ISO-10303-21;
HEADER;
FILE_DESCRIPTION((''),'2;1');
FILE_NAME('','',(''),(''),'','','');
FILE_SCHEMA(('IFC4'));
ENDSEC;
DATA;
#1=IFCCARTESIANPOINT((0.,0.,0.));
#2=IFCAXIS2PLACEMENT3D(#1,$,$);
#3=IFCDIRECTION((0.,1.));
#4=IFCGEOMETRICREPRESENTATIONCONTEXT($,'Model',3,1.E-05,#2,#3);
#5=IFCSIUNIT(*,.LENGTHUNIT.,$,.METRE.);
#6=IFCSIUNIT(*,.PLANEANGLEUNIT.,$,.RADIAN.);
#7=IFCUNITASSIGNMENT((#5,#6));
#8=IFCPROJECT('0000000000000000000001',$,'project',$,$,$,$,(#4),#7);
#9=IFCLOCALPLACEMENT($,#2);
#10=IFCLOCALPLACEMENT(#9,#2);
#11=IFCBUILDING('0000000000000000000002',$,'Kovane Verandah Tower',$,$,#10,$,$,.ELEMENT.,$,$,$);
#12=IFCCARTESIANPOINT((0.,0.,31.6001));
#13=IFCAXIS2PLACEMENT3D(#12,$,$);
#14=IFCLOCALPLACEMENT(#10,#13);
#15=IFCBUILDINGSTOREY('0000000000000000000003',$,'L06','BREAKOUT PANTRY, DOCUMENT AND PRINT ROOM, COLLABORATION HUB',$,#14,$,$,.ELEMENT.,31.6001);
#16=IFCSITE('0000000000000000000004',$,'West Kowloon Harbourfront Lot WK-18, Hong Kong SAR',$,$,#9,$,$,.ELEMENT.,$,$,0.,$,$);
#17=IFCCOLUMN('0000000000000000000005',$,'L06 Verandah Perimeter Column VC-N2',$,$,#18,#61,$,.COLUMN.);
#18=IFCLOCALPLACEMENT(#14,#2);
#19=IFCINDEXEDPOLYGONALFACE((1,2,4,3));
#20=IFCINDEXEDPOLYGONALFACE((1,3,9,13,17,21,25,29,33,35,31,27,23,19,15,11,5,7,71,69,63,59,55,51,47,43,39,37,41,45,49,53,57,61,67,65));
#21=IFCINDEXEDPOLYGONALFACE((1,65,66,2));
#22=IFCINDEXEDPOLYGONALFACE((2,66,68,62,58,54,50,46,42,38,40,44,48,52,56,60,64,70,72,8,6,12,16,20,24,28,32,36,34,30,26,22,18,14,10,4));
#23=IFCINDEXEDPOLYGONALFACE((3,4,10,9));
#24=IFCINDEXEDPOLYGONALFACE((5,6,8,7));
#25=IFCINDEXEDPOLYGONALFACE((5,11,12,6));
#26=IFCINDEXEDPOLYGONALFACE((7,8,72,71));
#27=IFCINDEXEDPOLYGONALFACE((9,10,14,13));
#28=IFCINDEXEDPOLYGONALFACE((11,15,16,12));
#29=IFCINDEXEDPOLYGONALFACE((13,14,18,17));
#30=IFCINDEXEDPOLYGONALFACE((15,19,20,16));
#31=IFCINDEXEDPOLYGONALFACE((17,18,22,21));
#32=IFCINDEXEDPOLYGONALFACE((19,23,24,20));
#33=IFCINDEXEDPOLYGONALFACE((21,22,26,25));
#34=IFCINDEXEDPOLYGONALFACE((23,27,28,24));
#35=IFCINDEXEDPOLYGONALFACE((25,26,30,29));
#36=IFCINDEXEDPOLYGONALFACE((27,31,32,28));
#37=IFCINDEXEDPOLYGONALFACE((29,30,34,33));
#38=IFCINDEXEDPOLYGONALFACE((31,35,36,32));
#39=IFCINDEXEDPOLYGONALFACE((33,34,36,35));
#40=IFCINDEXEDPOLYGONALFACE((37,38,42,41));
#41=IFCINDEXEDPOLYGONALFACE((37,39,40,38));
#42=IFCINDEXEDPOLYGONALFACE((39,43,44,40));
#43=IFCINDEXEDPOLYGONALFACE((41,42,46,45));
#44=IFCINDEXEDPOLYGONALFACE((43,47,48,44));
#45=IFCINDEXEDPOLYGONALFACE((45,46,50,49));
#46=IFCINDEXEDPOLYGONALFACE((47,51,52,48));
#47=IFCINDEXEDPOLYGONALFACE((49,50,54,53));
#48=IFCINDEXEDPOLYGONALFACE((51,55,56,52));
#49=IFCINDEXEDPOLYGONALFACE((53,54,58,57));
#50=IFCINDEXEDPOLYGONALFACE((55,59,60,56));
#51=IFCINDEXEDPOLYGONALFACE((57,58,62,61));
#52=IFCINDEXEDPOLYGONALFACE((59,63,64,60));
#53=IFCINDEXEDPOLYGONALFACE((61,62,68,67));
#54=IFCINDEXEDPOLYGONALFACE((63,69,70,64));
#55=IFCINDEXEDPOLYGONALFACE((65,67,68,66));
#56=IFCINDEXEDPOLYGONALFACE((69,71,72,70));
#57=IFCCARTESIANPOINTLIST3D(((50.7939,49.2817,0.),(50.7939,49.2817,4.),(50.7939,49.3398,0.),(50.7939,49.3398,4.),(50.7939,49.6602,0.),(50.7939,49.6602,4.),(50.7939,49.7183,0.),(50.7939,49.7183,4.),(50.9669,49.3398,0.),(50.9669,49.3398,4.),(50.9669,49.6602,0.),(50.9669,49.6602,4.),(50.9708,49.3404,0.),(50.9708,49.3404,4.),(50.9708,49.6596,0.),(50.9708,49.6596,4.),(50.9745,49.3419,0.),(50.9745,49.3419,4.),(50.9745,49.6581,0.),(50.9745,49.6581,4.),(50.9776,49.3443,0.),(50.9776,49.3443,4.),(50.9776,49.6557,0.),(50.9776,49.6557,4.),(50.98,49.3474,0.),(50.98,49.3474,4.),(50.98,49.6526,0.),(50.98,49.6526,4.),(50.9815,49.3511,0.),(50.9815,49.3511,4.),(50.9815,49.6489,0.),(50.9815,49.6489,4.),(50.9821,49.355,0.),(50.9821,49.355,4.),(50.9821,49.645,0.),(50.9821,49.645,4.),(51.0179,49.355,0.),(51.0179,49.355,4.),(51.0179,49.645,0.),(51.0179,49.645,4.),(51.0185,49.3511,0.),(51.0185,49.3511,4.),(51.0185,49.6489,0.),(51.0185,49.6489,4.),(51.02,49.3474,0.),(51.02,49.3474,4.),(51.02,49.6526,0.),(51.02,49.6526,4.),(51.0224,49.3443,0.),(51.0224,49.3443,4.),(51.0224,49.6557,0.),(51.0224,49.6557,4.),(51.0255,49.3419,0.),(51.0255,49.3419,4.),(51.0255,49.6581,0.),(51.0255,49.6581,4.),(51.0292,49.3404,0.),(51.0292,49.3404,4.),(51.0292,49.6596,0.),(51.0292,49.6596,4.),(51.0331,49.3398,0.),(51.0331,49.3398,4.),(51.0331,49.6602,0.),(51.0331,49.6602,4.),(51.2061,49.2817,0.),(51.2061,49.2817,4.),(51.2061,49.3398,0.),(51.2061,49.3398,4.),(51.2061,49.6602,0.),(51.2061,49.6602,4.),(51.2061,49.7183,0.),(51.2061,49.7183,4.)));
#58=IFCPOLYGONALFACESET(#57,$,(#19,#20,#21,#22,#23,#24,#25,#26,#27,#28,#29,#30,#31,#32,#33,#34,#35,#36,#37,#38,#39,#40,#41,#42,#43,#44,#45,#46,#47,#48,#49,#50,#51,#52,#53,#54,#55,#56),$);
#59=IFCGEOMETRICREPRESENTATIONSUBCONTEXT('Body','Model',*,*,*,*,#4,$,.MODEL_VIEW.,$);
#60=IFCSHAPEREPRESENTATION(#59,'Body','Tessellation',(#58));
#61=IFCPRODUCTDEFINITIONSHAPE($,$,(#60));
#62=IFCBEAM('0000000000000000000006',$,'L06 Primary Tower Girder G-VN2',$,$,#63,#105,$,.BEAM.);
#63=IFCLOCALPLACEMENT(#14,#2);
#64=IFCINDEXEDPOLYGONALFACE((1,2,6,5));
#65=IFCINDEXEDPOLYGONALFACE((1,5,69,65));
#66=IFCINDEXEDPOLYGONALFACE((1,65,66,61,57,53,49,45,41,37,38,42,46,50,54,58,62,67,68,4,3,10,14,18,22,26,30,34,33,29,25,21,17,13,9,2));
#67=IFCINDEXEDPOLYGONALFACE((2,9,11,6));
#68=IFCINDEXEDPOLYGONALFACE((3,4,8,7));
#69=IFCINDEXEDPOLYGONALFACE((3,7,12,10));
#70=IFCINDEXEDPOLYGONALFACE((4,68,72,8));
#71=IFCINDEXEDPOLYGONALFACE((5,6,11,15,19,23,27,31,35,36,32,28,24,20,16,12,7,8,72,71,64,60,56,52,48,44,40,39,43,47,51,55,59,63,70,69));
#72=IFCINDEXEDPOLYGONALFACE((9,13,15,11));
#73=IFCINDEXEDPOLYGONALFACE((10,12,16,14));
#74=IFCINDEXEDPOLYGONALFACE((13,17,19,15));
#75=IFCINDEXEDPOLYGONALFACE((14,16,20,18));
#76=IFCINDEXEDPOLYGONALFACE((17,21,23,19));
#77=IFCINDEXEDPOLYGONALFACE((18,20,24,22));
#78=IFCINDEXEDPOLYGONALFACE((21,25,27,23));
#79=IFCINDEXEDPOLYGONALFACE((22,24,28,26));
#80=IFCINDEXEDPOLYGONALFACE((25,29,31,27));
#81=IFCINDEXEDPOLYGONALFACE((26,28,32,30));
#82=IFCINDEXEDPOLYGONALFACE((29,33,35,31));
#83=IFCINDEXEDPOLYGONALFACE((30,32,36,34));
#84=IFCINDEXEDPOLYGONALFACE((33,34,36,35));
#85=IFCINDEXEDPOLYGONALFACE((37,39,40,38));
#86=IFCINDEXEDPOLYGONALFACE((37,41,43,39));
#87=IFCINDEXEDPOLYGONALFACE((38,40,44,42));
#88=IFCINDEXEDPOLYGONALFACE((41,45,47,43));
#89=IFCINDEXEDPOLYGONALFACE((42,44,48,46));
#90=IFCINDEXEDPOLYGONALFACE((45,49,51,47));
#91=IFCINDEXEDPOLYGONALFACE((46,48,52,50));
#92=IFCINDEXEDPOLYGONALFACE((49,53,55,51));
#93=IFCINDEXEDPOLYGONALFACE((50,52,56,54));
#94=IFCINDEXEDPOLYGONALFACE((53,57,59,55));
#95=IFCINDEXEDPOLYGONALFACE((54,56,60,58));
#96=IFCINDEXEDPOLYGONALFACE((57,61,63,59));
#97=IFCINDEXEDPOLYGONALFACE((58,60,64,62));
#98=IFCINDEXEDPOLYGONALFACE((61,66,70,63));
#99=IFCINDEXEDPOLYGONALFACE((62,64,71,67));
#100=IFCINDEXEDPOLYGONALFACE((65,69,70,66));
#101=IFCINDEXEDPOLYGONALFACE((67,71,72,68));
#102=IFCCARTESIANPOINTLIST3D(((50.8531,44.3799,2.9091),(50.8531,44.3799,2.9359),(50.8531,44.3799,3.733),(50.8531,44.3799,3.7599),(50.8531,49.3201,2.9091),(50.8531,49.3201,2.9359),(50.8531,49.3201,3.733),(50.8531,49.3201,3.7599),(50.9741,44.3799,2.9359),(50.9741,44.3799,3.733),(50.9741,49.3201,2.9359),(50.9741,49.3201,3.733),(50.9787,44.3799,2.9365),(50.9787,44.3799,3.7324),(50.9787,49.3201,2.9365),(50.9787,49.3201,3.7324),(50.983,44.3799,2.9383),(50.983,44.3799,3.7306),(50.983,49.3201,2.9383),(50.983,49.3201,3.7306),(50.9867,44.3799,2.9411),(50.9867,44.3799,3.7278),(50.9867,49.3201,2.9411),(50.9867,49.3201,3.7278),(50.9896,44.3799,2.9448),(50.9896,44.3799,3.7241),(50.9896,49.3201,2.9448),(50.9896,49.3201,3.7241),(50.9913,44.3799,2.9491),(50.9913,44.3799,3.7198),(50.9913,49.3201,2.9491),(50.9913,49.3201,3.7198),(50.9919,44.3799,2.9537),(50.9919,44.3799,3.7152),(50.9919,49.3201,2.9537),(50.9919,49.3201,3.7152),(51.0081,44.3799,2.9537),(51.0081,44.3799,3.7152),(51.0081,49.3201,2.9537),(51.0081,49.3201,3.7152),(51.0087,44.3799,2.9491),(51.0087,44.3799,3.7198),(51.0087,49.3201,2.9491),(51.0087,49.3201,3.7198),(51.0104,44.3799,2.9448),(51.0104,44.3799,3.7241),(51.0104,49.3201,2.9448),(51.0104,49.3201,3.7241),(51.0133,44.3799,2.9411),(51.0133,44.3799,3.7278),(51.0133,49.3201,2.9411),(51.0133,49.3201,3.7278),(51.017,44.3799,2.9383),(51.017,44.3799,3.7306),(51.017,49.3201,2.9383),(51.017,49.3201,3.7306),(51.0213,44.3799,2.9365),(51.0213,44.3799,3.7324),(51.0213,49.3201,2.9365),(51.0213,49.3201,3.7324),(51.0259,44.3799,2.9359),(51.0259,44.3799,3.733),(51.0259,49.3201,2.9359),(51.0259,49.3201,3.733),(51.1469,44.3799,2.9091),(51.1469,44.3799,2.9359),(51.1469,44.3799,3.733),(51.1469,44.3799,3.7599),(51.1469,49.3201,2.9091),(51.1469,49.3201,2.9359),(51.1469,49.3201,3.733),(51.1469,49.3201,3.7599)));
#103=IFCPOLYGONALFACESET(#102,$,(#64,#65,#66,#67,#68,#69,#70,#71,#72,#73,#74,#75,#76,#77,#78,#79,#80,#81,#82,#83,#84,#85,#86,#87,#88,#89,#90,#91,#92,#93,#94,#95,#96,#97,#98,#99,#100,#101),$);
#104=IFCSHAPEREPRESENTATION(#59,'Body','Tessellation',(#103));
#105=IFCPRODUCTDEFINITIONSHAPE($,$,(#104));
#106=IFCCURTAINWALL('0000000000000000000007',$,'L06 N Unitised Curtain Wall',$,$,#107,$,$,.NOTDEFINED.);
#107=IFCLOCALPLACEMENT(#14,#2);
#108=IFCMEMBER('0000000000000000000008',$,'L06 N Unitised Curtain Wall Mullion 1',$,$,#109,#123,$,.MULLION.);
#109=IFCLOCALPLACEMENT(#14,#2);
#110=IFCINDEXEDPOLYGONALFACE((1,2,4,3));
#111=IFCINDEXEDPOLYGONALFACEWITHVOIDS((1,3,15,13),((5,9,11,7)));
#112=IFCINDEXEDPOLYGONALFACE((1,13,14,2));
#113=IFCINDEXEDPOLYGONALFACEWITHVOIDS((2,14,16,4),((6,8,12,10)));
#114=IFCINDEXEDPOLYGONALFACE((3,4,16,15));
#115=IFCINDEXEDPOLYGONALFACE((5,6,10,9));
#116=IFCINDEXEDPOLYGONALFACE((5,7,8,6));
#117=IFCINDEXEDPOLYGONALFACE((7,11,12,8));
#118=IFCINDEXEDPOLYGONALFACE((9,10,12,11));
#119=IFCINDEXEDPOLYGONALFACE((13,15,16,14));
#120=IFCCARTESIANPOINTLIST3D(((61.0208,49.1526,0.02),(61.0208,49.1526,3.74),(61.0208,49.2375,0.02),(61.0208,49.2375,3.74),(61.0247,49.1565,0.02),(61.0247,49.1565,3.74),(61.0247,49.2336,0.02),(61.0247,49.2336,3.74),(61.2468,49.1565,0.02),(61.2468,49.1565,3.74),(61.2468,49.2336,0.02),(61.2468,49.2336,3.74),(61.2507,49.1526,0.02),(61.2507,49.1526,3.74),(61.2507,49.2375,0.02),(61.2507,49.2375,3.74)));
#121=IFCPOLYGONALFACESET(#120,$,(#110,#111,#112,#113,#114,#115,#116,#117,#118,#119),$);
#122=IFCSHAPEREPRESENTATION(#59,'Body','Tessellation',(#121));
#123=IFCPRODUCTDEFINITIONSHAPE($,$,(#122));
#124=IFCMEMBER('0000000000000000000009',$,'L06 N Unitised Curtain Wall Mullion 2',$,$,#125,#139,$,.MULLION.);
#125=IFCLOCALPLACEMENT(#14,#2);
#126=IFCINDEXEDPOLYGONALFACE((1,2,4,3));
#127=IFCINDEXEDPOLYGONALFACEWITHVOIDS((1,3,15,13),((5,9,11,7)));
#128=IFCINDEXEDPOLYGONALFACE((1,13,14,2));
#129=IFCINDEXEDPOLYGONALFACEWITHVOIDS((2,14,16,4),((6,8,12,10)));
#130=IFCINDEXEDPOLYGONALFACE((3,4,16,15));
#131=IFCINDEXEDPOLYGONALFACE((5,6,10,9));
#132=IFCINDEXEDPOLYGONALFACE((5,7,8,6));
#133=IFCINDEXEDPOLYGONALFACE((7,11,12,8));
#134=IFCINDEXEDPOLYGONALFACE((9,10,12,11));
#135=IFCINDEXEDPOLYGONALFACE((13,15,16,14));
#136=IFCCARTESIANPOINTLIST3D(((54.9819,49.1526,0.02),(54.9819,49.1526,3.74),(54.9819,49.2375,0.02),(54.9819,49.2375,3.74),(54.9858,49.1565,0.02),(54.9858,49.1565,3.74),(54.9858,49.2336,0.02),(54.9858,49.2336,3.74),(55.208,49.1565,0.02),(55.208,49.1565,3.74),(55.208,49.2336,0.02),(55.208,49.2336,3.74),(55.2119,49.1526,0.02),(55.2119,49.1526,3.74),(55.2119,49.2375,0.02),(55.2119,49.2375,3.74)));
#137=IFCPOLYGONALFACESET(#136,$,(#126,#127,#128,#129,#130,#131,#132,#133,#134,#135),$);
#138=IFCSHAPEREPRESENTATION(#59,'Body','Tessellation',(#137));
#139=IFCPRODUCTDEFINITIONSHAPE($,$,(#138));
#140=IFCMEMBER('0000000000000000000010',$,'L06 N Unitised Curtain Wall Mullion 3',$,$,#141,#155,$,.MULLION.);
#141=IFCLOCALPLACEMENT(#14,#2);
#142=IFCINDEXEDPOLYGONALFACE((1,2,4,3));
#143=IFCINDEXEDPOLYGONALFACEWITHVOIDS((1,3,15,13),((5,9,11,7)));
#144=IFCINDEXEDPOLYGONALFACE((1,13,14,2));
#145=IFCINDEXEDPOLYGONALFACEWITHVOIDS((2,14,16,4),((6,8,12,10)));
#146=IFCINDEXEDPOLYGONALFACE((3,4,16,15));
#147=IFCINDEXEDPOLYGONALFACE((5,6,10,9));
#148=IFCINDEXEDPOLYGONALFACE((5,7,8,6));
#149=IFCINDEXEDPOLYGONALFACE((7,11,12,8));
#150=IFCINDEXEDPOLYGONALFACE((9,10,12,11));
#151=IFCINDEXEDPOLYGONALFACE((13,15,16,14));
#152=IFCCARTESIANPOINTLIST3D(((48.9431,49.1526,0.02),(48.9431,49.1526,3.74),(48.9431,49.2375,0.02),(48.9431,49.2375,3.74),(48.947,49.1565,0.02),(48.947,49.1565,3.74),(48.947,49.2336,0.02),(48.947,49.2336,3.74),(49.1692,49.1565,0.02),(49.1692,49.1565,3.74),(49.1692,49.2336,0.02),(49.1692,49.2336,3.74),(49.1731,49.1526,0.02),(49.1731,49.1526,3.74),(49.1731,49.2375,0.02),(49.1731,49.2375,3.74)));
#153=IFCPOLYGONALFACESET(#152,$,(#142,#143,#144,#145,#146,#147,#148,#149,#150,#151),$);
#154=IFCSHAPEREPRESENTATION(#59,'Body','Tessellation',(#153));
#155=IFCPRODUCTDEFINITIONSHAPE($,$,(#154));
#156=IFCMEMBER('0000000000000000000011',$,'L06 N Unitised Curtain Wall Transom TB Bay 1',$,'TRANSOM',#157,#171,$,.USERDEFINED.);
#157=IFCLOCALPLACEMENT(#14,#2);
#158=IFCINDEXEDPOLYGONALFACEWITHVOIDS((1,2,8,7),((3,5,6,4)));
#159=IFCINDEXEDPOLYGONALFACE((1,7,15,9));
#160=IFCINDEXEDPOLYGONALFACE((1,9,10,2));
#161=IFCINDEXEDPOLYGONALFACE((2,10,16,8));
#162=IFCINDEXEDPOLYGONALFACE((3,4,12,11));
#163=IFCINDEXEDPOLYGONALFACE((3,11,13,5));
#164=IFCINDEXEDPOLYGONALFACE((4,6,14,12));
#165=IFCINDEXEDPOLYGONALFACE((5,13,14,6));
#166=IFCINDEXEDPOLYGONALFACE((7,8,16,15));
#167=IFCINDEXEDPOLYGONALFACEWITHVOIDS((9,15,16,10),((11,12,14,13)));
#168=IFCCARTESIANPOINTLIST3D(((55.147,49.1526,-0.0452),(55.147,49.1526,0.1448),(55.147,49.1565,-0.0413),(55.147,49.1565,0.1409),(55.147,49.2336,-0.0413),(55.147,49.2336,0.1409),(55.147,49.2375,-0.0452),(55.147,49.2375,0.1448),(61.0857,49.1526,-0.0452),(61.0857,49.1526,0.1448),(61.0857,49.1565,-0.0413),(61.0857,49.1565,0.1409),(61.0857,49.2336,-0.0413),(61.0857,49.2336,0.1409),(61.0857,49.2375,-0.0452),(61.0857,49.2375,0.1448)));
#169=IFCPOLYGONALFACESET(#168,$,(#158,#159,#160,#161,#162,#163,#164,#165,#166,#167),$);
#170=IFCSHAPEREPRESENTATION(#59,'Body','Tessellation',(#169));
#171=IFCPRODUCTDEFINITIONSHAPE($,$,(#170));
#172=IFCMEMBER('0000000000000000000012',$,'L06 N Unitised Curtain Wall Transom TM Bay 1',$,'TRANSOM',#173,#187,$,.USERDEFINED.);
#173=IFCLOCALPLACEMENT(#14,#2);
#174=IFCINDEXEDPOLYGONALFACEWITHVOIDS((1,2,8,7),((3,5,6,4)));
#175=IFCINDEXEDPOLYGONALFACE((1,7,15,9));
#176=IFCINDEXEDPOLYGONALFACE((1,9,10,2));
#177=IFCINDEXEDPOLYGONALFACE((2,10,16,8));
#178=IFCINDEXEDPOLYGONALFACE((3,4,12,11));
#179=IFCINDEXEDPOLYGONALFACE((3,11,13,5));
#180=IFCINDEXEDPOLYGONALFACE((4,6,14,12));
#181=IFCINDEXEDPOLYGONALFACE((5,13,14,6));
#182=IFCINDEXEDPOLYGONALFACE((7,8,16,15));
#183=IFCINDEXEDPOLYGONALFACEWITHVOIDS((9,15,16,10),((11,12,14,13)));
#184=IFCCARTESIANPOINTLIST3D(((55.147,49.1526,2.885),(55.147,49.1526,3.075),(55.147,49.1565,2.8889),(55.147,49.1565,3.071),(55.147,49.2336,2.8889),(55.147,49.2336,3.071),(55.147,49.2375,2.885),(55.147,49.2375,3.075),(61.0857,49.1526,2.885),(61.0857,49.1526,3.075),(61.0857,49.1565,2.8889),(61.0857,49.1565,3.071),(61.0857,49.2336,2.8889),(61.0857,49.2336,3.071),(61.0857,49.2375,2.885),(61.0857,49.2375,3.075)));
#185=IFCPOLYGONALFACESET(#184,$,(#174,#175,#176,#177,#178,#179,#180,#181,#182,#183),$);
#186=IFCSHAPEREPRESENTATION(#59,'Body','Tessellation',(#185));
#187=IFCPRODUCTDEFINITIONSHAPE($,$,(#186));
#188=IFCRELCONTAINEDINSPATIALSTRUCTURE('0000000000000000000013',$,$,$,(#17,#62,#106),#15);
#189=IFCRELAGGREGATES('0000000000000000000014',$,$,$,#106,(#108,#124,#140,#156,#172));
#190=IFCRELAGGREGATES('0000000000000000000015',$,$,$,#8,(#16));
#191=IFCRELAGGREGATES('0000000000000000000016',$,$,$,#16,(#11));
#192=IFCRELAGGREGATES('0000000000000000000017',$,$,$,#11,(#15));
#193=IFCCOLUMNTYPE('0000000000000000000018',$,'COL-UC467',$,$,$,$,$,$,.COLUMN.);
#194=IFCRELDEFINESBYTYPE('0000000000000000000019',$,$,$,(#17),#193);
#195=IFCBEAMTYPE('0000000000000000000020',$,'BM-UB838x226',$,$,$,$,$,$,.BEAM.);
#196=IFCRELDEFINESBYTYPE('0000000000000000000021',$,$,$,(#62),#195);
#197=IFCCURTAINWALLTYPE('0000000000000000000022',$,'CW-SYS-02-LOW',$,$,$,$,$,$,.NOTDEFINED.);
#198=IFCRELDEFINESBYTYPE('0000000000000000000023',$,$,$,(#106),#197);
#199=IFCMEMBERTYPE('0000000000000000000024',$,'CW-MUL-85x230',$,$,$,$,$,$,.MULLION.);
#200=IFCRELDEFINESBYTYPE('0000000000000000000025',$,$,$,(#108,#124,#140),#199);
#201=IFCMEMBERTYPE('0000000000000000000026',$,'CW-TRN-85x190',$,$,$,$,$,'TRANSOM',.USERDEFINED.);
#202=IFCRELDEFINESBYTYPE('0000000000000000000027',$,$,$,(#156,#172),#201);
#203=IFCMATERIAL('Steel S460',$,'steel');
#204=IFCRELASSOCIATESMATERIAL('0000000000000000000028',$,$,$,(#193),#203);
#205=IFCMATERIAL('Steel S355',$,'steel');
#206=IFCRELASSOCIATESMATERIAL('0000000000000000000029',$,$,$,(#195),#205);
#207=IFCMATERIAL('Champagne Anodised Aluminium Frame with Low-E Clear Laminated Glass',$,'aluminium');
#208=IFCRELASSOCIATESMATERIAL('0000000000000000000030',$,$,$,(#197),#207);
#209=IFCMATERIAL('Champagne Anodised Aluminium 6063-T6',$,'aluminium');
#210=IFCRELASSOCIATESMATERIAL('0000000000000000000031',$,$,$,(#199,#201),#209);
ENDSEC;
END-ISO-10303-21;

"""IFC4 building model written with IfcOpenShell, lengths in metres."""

from ifc_helpers import new_model, si_unit, direction, frame, origin, origin_2d, place, context, subcontext, project, spatial, hollow_rectangle, i_section, extrude, material, material_profile, profile_set, type_object, element, aggregate, save


model = new_model("IFC4")

# Units and contexts
model_context = context("Model", 3, precision=1e-05, world=origin(), true_north=direction((0.0, 1.0)))
body_context = subcontext(model_context, "Body", "Model", "MODEL_VIEW")
ifc_project = project(units=[si_unit("LENGTHUNIT", "METRE"), si_unit("PLANEANGLEUNIT", "RADIAN")], contexts=[model_context])

# Site, building, storey
site_placement = place(None, origin())
site = spatial("IfcSite", under=ifc_project, at=site_placement, Name="West Kowloon Harbourfront Lot WK-18, Hong Kong SAR", CompositionType="ELEMENT", RefElevation=0.0)
building_placement = place(site_placement, origin())
building = spatial("IfcBuilding", under=site, at=building_placement, Name="Kovane Verandah Tower", CompositionType="ELEMENT")
storey_placement = place(building_placement, frame((0.0, 0.0, 31.6001)))
storey = spatial("IfcBuildingStorey", under=building, at=storey_placement, Name="L06", Description="BREAKOUT PANTRY, DOCUMENT AND PRINT ROOM, COLLABORATION HUB", CompositionType="ELEMENT", Elevation=31.6001)

# Column
ifc_material_1 = material(Name="Steel S460", Category="steel")
ifc_material_profile_1 = material_profile(ifc_material_1, i_section(OverallWidth=0.4121, OverallDepth=0.4365, WebThickness=0.0359, FlangeThickness=0.0581, FilletRadius=0.0151, at=origin_2d()), Name="UC356x406x467")
ifc_profile_set_1 = profile_set([ifc_material_profile_1], Name="Steel S460")
column_type = type_object("IfcColumnType", Name="COL-UC467", PredefinedType="COLUMN", material=ifc_profile_set_1)
column_placement = place(storey_placement, frame((51.0, 49.5, 0.0), z_axis=(0.0, 0.0, 1.0), x_axis=(1.0, 0.0, 0.0)))
element("IfcColumn", 1, at=column_placement, inside=storey, type_object=column_type, Name="L06 Verandah Perimeter Column VC-N2", PredefinedType="COLUMN", context=body_context, shape_type="SweptSolid", body=[
    extrude(i_section(OverallWidth=0.4121, OverallDepth=0.4365, WebThickness=0.0359, FlangeThickness=0.0581, FilletRadius=0.0151, at=origin_2d()), origin(), (0.0, 0.0, 1.0), 4.0),
])

# Beam
ifc_material_2 = material(Name="Steel S355", Category="steel")
ifc_material_profile_2 = material_profile(ifc_material_2, i_section(OverallWidth=0.2937, OverallDepth=0.8508, WebThickness=0.0161, FlangeThickness=0.0269, FilletRadius=0.0178, at=origin_2d()), Name="UB838x292x226")
ifc_profile_set_2 = profile_set([ifc_material_profile_2], Name="Steel S355")
beam_type = type_object("IfcBeamType", Name="BM-UB838x226", PredefinedType="BEAM", material=ifc_profile_set_2)
beam_placement = place(storey_placement, frame((51.0, 44.3799, 3.3345), z_axis=(0.0, 1.0, 0.0), x_axis=(-1.0, 0.0, 0.0)))
element("IfcBeam", 2, at=beam_placement, inside=storey, type_object=beam_type, Name="L06 Primary Tower Girder G-VN2", PredefinedType="BEAM", context=body_context, shape_type="SweptSolid", body=[
    extrude(i_section(OverallWidth=0.2937, OverallDepth=0.8508, WebThickness=0.0161, FlangeThickness=0.0269, FilletRadius=0.0178, at=origin_2d()), origin(), (0.0, 0.0, 1.0), 4.9402),
])

# Curtain wall, members
ifc_material_3 = material(Name="Champagne Anodised Aluminium Frame with Low-E Clear Laminated Glass", Category="aluminium")
curtain_wall_type = type_object("IfcCurtainWallType", Name="CW-SYS-02-LOW", PredefinedType="NOTDEFINED", material=ifc_material_3)
curtain_wall_placement = place(storey_placement, origin())
curtain_wall = element("IfcCurtainWall", 3, at=curtain_wall_placement, inside=storey, type_object=curtain_wall_type, Name="L06 N Unitised Curtain Wall", PredefinedType="NOTDEFINED")
ifc_material_4 = material(Name="Champagne Anodised Aluminium 6063-T6", Category="aluminium")
ifc_material_profile_3 = material_profile(ifc_material_4, hollow_rectangle(XDim=0.085, YDim=0.23, WallThickness=0.0039, at=origin_2d()), Name="AL85x230x4")
ifc_profile_set_3 = profile_set([ifc_material_profile_3], Name="Champagne Anodised Aluminium 6063-T6")
member_type_1 = type_object("IfcMemberType", Name="CW-MUL-85x230", PredefinedType="MULLION", material=ifc_profile_set_3)
member_1_placement = place(storey_placement, frame((61.1357, 49.1951, 0.02), z_axis=(0.0, 0.0, 1.0), x_axis=(0.0, 1.0, 0.0)))
member_1 = element("IfcMember", 4, at=member_1_placement, type_object=member_type_1, Name="L06 N Unitised Curtain Wall Mullion 1", PredefinedType="MULLION", context=body_context, shape_type="SweptSolid", body=[
    extrude(hollow_rectangle(XDim=0.085, YDim=0.23, WallThickness=0.0039, at=origin_2d()), origin(), (0.0, 0.0, 1.0), 3.72),
])
member_2_placement = place(storey_placement, frame((55.0969, 49.1951, 0.02), z_axis=(0.0, 0.0, 1.0), x_axis=(0.0, 1.0, 0.0)))
member_2 = element("IfcMember", 5, at=member_2_placement, type_object=member_type_1, Name="L06 N Unitised Curtain Wall Mullion 2", PredefinedType="MULLION", context=body_context, shape_type="SweptSolid", body=[
    extrude(hollow_rectangle(XDim=0.085, YDim=0.23, WallThickness=0.0039, at=origin_2d()), origin(), (0.0, 0.0, 1.0), 3.72),
])
member_3_placement = place(storey_placement, frame((49.0581, 49.1951, 0.02), z_axis=(0.0, 0.0, 1.0), x_axis=(0.0, 1.0, 0.0)))
member_3 = element("IfcMember", 6, at=member_3_placement, type_object=member_type_1, Name="L06 N Unitised Curtain Wall Mullion 3", PredefinedType="MULLION", context=body_context, shape_type="SweptSolid", body=[
    extrude(hollow_rectangle(XDim=0.085, YDim=0.23, WallThickness=0.0039, at=origin_2d()), origin(), (0.0, 0.0, 1.0), 3.72),
])
ifc_material_profile_4 = material_profile(ifc_material_4, hollow_rectangle(XDim=0.085, YDim=0.1899, WallThickness=0.0039, at=origin_2d()), Name="AL85x190x4")
ifc_profile_set_4 = profile_set([ifc_material_profile_4], Name="Champagne Anodised Aluminium 6063-T6")
member_type_2 = type_object("IfcMemberType", Name="CW-TRN-85x190", ElementType="TRANSOM", PredefinedType="USERDEFINED", material=ifc_profile_set_4)
member_4_placement = place(storey_placement, frame((61.0857, 49.1951, 0.0498), z_axis=(-1.0, 0.0, 0.0), x_axis=(0.0, -1.0, 0.0)))
member_4 = element("IfcMember", 7, at=member_4_placement, type_object=member_type_2, Name="L06 N Unitised Curtain Wall Transom TB Bay 1", ObjectType="TRANSOM", PredefinedType="USERDEFINED", context=body_context, shape_type="SweptSolid", body=[
    extrude(hollow_rectangle(XDim=0.085, YDim=0.1899, WallThickness=0.0039, at=origin_2d()), origin(), (0.0, 0.0, 1.0), 5.9387),
])
member_5_placement = place(storey_placement, frame((61.0857, 49.1951, 2.98), z_axis=(-1.0, 0.0, 0.0), x_axis=(0.0, -1.0, 0.0)))
member_5 = element("IfcMember", 8, at=member_5_placement, type_object=member_type_2, Name="L06 N Unitised Curtain Wall Transom TM Bay 1", ObjectType="TRANSOM", PredefinedType="USERDEFINED", context=body_context, shape_type="SweptSolid", body=[
    extrude(hollow_rectangle(XDim=0.085, YDim=0.1899, WallThickness=0.0039, at=origin_2d()), origin(), (0.0, 0.0, 1.0), 5.9387),
])
aggregate(curtain_wall, [member_1, member_2, member_3, member_4, member_5])

save(model, "model.ifc")
